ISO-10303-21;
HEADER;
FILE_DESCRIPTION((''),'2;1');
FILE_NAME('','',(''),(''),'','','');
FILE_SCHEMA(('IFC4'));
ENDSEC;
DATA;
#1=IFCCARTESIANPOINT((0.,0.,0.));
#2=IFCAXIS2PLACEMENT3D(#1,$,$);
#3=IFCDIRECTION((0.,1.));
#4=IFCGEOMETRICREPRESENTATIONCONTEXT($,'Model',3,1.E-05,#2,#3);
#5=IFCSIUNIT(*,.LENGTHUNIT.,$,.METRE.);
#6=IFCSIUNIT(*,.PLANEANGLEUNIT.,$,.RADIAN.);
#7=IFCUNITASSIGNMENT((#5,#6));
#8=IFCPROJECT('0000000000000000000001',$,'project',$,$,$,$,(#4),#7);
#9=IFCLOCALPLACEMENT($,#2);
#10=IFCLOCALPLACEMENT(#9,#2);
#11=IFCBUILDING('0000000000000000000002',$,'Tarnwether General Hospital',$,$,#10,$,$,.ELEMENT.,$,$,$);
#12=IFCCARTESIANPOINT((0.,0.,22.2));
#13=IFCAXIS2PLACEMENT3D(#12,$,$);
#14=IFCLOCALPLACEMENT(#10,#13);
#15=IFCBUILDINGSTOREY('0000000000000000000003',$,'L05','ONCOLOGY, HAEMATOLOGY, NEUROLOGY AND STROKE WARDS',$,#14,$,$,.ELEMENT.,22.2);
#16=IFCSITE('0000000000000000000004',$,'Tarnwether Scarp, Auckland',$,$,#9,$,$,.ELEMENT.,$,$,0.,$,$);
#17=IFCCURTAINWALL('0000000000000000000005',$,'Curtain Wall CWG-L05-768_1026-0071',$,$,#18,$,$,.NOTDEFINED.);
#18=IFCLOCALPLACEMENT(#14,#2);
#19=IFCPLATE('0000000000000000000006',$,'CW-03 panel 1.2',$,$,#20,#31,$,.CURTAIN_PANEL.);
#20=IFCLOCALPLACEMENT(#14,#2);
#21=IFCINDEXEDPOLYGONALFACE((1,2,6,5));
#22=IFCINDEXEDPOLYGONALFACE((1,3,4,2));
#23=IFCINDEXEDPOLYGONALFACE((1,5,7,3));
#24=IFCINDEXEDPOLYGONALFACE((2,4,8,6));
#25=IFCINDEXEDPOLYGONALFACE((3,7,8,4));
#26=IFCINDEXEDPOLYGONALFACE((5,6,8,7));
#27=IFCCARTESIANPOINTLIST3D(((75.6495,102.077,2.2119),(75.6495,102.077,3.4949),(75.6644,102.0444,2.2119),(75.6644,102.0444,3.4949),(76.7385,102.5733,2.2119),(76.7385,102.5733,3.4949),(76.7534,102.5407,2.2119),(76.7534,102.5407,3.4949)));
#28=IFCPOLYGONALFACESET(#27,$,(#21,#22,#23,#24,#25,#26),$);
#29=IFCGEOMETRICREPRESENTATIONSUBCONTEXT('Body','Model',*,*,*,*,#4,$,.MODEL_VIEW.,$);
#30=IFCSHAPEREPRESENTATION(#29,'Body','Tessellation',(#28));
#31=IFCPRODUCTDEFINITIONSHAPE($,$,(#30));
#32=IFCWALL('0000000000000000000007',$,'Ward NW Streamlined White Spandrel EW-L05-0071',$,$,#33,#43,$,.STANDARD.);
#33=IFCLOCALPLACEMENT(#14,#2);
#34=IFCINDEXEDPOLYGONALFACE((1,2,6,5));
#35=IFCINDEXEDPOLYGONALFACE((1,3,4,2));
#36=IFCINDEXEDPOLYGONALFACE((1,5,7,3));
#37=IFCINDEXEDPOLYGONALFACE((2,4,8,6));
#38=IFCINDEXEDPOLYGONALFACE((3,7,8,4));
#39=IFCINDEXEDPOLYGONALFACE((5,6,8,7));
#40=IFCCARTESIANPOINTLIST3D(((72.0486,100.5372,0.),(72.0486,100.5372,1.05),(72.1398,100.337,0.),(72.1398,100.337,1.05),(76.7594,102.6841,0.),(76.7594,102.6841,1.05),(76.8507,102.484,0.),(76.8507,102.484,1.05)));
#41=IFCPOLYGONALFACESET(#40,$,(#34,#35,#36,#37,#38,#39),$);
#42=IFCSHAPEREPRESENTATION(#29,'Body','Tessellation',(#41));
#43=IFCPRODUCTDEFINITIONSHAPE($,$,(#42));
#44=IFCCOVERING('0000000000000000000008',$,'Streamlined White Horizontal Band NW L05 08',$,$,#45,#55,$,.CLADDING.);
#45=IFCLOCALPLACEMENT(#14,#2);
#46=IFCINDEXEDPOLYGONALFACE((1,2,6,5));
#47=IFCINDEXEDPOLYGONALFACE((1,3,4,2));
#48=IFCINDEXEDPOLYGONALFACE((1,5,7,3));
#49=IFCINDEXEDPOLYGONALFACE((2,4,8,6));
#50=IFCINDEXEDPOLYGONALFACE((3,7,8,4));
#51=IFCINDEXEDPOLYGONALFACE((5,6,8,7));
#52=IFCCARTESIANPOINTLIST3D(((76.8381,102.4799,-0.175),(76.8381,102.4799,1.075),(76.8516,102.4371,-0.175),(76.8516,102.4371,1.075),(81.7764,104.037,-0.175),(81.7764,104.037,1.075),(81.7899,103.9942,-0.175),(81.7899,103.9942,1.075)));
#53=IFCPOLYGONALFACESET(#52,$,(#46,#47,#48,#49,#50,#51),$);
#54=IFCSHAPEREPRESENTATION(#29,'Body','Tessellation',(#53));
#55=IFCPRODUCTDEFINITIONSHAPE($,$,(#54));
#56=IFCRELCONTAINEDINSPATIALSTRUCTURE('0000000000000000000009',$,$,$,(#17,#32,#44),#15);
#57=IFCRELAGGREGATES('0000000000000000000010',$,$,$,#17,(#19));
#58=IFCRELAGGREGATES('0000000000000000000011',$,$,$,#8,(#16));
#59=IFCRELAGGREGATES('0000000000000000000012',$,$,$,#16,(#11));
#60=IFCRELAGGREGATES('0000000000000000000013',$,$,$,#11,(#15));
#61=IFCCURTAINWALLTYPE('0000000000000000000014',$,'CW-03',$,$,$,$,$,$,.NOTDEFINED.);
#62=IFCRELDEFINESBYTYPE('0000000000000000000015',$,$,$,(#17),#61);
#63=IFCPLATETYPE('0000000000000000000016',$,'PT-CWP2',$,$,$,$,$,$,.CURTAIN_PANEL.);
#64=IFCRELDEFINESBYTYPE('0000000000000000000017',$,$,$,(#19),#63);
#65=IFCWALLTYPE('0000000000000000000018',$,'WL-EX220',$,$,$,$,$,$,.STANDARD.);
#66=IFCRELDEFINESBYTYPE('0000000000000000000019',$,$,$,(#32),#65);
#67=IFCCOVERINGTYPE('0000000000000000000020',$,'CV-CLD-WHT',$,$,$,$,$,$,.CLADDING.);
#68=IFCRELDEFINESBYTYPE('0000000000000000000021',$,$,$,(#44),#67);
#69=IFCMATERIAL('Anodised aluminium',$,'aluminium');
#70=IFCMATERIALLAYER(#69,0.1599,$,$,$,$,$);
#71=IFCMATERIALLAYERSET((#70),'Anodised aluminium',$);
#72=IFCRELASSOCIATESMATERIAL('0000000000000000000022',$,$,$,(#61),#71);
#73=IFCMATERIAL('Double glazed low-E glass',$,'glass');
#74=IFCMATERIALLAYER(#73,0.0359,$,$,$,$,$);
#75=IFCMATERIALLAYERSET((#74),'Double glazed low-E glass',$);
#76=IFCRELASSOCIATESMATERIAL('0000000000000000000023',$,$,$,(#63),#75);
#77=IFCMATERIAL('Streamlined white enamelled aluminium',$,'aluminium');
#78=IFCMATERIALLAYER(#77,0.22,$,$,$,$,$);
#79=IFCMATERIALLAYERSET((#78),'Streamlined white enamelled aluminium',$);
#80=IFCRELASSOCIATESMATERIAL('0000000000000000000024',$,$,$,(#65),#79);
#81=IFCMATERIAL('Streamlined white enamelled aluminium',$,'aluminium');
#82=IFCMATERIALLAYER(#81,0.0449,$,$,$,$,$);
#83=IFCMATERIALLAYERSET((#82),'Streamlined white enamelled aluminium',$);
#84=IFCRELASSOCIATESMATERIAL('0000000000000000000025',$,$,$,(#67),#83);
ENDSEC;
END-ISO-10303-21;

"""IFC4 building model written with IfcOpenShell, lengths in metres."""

from ifc_helpers import new_model, si_unit, direction, frame, frame_2d, origin, origin_2d, place, context, subcontext, project, spatial, rectangle, extrude, material, layer, layer_set, type_object, element, aggregate, save


model = new_model("IFC4")

# Units and contexts
model_context = context("Model", 3, precision=1e-05, world=origin(), true_north=direction((0.0, 1.0)))
body_context = subcontext(model_context, "Body", "Model", "MODEL_VIEW")
ifc_project = project(units=[si_unit("LENGTHUNIT", "METRE"), si_unit("PLANEANGLEUNIT", "RADIAN")], contexts=[model_context])

# Site, building, storey
site_placement = place(None, origin())
site = spatial("IfcSite", under=ifc_project, at=site_placement, Name="Tarnwether Scarp, Auckland", CompositionType="ELEMENT", RefElevation=0.0)
building_placement = place(site_placement, origin())
building = spatial("IfcBuilding", under=site, at=building_placement, Name="Tarnwether General Hospital", CompositionType="ELEMENT")
storey_placement = place(building_placement, frame((0.0, 0.0, 22.2)))
storey = spatial("IfcBuildingStorey", under=building, at=storey_placement, Name="L05", Description="ONCOLOGY, HAEMATOLOGY, NEUROLOGY AND STROKE WARDS", CompositionType="ELEMENT", Elevation=22.2)

# Curtain wall
ifc_material_1 = material(Name="Anodised aluminium", Category="aluminium")
ifc_layer_1 = layer(ifc_material_1, 0.1599)
ifc_layer_set_1 = layer_set([ifc_layer_1], Name="Anodised aluminium")
curtain_wall_type = type_object("IfcCurtainWallType", Name="CW-03", PredefinedType="NOTDEFINED", material=ifc_layer_set_1)
curtain_wall_1_placement = place(storey_placement, origin())
curtain_wall_1 = element("IfcCurtainWall", 1, at=curtain_wall_1_placement, inside=storey, type_object=curtain_wall_type, Name="Curtain Wall CWG-L05-768_1026-0071", PredefinedType="NOTDEFINED")

# Plate
ifc_material_2 = material(Name="Double glazed low-E glass", Category="glass")
ifc_layer_2 = layer(ifc_material_2, 0.0359)
ifc_layer_set_2 = layer_set([ifc_layer_2], Name="Double glazed low-E glass")
plate_type_1 = type_object("IfcPlateType", Name="PT-CWP2", PredefinedType="CURTAIN_PANEL", material=ifc_layer_set_2)
plate_1_placement = place(storey_placement, frame((76.2014, 102.3088, 2.2119), z_axis=(0.0, 0.0, 1.0), x_axis=(-0.909956, -0.414705, 0.0)))
plate_1 = element("IfcPlate", 2, at=plate_1_placement, type_object=plate_type_1, Name="CW-03 panel 1.2", PredefinedType="CURTAIN_PANEL", context=body_context, shape_type="SweptSolid", body=[
    extrude(rectangle(XDim=1.1968, YDim=0.0359, at=origin_2d()), origin(), (0.0, 0.0, 1.0), 1.283),
])
aggregate(curtain_wall_1, [plate_1])

# Wall
ifc_material_3 = material(Name="Streamlined white enamelled aluminium", Category="aluminium")
ifc_layer_3 = layer(ifc_material_3, 0.22)
ifc_layer_set_3 = layer_set([ifc_layer_3], Name="Streamlined white enamelled aluminium")
wall_type = type_object("IfcWallType", Name="WL-EX220", PredefinedType="STANDARD", material=ifc_layer_set_3)
wall_placement = place(storey_placement, frame((76.8049, 102.584, 0.0), z_axis=(0.0, 0.0, 1.0), x_axis=(-0.909956, -0.414705, 0.0)))
element("IfcWall", 3, at=wall_placement, inside=storey, type_object=wall_type, Name="Ward NW Streamlined White Spandrel EW-L05-0071", PredefinedType="STANDARD", context=body_context, shape_type="SweptSolid", body=[
    extrude(rectangle(XDim=5.177, YDim=0.22, at=frame_2d((2.5884, 0.0))), origin(), (0.0, 0.0, 1.0), 1.05),
])

# Covering
ifc_material_4 = material(Name="Streamlined white enamelled aluminium", Category="aluminium")
ifc_layer_4 = layer(ifc_material_4, 0.0449)
ifc_layer_set_4 = layer_set([ifc_layer_4], Name="Streamlined white enamelled aluminium")
covering_type = type_object("IfcCoveringType", Name="CV-CLD-WHT", PredefinedType="CLADDING", material=ifc_layer_set_4)
covering_placement = place(storey_placement, frame((79.314, 103.2371, -0.175), z_axis=(0.0, 0.0, 1.0), x_axis=(-0.953712, -0.300722, 0.0)))
element("IfcCovering", 4, at=covering_placement, inside=storey, type_object=covering_type, Name="Streamlined White Horizontal Band NW L05 08", PredefinedType="CLADDING", context=body_context, shape_type="SweptSolid", body=[
    extrude(rectangle(XDim=5.178, YDim=0.0449, at=origin_2d()), origin(), (0.0, 0.0, 1.0), 1.25),
])

save(model, "model.ifc")
